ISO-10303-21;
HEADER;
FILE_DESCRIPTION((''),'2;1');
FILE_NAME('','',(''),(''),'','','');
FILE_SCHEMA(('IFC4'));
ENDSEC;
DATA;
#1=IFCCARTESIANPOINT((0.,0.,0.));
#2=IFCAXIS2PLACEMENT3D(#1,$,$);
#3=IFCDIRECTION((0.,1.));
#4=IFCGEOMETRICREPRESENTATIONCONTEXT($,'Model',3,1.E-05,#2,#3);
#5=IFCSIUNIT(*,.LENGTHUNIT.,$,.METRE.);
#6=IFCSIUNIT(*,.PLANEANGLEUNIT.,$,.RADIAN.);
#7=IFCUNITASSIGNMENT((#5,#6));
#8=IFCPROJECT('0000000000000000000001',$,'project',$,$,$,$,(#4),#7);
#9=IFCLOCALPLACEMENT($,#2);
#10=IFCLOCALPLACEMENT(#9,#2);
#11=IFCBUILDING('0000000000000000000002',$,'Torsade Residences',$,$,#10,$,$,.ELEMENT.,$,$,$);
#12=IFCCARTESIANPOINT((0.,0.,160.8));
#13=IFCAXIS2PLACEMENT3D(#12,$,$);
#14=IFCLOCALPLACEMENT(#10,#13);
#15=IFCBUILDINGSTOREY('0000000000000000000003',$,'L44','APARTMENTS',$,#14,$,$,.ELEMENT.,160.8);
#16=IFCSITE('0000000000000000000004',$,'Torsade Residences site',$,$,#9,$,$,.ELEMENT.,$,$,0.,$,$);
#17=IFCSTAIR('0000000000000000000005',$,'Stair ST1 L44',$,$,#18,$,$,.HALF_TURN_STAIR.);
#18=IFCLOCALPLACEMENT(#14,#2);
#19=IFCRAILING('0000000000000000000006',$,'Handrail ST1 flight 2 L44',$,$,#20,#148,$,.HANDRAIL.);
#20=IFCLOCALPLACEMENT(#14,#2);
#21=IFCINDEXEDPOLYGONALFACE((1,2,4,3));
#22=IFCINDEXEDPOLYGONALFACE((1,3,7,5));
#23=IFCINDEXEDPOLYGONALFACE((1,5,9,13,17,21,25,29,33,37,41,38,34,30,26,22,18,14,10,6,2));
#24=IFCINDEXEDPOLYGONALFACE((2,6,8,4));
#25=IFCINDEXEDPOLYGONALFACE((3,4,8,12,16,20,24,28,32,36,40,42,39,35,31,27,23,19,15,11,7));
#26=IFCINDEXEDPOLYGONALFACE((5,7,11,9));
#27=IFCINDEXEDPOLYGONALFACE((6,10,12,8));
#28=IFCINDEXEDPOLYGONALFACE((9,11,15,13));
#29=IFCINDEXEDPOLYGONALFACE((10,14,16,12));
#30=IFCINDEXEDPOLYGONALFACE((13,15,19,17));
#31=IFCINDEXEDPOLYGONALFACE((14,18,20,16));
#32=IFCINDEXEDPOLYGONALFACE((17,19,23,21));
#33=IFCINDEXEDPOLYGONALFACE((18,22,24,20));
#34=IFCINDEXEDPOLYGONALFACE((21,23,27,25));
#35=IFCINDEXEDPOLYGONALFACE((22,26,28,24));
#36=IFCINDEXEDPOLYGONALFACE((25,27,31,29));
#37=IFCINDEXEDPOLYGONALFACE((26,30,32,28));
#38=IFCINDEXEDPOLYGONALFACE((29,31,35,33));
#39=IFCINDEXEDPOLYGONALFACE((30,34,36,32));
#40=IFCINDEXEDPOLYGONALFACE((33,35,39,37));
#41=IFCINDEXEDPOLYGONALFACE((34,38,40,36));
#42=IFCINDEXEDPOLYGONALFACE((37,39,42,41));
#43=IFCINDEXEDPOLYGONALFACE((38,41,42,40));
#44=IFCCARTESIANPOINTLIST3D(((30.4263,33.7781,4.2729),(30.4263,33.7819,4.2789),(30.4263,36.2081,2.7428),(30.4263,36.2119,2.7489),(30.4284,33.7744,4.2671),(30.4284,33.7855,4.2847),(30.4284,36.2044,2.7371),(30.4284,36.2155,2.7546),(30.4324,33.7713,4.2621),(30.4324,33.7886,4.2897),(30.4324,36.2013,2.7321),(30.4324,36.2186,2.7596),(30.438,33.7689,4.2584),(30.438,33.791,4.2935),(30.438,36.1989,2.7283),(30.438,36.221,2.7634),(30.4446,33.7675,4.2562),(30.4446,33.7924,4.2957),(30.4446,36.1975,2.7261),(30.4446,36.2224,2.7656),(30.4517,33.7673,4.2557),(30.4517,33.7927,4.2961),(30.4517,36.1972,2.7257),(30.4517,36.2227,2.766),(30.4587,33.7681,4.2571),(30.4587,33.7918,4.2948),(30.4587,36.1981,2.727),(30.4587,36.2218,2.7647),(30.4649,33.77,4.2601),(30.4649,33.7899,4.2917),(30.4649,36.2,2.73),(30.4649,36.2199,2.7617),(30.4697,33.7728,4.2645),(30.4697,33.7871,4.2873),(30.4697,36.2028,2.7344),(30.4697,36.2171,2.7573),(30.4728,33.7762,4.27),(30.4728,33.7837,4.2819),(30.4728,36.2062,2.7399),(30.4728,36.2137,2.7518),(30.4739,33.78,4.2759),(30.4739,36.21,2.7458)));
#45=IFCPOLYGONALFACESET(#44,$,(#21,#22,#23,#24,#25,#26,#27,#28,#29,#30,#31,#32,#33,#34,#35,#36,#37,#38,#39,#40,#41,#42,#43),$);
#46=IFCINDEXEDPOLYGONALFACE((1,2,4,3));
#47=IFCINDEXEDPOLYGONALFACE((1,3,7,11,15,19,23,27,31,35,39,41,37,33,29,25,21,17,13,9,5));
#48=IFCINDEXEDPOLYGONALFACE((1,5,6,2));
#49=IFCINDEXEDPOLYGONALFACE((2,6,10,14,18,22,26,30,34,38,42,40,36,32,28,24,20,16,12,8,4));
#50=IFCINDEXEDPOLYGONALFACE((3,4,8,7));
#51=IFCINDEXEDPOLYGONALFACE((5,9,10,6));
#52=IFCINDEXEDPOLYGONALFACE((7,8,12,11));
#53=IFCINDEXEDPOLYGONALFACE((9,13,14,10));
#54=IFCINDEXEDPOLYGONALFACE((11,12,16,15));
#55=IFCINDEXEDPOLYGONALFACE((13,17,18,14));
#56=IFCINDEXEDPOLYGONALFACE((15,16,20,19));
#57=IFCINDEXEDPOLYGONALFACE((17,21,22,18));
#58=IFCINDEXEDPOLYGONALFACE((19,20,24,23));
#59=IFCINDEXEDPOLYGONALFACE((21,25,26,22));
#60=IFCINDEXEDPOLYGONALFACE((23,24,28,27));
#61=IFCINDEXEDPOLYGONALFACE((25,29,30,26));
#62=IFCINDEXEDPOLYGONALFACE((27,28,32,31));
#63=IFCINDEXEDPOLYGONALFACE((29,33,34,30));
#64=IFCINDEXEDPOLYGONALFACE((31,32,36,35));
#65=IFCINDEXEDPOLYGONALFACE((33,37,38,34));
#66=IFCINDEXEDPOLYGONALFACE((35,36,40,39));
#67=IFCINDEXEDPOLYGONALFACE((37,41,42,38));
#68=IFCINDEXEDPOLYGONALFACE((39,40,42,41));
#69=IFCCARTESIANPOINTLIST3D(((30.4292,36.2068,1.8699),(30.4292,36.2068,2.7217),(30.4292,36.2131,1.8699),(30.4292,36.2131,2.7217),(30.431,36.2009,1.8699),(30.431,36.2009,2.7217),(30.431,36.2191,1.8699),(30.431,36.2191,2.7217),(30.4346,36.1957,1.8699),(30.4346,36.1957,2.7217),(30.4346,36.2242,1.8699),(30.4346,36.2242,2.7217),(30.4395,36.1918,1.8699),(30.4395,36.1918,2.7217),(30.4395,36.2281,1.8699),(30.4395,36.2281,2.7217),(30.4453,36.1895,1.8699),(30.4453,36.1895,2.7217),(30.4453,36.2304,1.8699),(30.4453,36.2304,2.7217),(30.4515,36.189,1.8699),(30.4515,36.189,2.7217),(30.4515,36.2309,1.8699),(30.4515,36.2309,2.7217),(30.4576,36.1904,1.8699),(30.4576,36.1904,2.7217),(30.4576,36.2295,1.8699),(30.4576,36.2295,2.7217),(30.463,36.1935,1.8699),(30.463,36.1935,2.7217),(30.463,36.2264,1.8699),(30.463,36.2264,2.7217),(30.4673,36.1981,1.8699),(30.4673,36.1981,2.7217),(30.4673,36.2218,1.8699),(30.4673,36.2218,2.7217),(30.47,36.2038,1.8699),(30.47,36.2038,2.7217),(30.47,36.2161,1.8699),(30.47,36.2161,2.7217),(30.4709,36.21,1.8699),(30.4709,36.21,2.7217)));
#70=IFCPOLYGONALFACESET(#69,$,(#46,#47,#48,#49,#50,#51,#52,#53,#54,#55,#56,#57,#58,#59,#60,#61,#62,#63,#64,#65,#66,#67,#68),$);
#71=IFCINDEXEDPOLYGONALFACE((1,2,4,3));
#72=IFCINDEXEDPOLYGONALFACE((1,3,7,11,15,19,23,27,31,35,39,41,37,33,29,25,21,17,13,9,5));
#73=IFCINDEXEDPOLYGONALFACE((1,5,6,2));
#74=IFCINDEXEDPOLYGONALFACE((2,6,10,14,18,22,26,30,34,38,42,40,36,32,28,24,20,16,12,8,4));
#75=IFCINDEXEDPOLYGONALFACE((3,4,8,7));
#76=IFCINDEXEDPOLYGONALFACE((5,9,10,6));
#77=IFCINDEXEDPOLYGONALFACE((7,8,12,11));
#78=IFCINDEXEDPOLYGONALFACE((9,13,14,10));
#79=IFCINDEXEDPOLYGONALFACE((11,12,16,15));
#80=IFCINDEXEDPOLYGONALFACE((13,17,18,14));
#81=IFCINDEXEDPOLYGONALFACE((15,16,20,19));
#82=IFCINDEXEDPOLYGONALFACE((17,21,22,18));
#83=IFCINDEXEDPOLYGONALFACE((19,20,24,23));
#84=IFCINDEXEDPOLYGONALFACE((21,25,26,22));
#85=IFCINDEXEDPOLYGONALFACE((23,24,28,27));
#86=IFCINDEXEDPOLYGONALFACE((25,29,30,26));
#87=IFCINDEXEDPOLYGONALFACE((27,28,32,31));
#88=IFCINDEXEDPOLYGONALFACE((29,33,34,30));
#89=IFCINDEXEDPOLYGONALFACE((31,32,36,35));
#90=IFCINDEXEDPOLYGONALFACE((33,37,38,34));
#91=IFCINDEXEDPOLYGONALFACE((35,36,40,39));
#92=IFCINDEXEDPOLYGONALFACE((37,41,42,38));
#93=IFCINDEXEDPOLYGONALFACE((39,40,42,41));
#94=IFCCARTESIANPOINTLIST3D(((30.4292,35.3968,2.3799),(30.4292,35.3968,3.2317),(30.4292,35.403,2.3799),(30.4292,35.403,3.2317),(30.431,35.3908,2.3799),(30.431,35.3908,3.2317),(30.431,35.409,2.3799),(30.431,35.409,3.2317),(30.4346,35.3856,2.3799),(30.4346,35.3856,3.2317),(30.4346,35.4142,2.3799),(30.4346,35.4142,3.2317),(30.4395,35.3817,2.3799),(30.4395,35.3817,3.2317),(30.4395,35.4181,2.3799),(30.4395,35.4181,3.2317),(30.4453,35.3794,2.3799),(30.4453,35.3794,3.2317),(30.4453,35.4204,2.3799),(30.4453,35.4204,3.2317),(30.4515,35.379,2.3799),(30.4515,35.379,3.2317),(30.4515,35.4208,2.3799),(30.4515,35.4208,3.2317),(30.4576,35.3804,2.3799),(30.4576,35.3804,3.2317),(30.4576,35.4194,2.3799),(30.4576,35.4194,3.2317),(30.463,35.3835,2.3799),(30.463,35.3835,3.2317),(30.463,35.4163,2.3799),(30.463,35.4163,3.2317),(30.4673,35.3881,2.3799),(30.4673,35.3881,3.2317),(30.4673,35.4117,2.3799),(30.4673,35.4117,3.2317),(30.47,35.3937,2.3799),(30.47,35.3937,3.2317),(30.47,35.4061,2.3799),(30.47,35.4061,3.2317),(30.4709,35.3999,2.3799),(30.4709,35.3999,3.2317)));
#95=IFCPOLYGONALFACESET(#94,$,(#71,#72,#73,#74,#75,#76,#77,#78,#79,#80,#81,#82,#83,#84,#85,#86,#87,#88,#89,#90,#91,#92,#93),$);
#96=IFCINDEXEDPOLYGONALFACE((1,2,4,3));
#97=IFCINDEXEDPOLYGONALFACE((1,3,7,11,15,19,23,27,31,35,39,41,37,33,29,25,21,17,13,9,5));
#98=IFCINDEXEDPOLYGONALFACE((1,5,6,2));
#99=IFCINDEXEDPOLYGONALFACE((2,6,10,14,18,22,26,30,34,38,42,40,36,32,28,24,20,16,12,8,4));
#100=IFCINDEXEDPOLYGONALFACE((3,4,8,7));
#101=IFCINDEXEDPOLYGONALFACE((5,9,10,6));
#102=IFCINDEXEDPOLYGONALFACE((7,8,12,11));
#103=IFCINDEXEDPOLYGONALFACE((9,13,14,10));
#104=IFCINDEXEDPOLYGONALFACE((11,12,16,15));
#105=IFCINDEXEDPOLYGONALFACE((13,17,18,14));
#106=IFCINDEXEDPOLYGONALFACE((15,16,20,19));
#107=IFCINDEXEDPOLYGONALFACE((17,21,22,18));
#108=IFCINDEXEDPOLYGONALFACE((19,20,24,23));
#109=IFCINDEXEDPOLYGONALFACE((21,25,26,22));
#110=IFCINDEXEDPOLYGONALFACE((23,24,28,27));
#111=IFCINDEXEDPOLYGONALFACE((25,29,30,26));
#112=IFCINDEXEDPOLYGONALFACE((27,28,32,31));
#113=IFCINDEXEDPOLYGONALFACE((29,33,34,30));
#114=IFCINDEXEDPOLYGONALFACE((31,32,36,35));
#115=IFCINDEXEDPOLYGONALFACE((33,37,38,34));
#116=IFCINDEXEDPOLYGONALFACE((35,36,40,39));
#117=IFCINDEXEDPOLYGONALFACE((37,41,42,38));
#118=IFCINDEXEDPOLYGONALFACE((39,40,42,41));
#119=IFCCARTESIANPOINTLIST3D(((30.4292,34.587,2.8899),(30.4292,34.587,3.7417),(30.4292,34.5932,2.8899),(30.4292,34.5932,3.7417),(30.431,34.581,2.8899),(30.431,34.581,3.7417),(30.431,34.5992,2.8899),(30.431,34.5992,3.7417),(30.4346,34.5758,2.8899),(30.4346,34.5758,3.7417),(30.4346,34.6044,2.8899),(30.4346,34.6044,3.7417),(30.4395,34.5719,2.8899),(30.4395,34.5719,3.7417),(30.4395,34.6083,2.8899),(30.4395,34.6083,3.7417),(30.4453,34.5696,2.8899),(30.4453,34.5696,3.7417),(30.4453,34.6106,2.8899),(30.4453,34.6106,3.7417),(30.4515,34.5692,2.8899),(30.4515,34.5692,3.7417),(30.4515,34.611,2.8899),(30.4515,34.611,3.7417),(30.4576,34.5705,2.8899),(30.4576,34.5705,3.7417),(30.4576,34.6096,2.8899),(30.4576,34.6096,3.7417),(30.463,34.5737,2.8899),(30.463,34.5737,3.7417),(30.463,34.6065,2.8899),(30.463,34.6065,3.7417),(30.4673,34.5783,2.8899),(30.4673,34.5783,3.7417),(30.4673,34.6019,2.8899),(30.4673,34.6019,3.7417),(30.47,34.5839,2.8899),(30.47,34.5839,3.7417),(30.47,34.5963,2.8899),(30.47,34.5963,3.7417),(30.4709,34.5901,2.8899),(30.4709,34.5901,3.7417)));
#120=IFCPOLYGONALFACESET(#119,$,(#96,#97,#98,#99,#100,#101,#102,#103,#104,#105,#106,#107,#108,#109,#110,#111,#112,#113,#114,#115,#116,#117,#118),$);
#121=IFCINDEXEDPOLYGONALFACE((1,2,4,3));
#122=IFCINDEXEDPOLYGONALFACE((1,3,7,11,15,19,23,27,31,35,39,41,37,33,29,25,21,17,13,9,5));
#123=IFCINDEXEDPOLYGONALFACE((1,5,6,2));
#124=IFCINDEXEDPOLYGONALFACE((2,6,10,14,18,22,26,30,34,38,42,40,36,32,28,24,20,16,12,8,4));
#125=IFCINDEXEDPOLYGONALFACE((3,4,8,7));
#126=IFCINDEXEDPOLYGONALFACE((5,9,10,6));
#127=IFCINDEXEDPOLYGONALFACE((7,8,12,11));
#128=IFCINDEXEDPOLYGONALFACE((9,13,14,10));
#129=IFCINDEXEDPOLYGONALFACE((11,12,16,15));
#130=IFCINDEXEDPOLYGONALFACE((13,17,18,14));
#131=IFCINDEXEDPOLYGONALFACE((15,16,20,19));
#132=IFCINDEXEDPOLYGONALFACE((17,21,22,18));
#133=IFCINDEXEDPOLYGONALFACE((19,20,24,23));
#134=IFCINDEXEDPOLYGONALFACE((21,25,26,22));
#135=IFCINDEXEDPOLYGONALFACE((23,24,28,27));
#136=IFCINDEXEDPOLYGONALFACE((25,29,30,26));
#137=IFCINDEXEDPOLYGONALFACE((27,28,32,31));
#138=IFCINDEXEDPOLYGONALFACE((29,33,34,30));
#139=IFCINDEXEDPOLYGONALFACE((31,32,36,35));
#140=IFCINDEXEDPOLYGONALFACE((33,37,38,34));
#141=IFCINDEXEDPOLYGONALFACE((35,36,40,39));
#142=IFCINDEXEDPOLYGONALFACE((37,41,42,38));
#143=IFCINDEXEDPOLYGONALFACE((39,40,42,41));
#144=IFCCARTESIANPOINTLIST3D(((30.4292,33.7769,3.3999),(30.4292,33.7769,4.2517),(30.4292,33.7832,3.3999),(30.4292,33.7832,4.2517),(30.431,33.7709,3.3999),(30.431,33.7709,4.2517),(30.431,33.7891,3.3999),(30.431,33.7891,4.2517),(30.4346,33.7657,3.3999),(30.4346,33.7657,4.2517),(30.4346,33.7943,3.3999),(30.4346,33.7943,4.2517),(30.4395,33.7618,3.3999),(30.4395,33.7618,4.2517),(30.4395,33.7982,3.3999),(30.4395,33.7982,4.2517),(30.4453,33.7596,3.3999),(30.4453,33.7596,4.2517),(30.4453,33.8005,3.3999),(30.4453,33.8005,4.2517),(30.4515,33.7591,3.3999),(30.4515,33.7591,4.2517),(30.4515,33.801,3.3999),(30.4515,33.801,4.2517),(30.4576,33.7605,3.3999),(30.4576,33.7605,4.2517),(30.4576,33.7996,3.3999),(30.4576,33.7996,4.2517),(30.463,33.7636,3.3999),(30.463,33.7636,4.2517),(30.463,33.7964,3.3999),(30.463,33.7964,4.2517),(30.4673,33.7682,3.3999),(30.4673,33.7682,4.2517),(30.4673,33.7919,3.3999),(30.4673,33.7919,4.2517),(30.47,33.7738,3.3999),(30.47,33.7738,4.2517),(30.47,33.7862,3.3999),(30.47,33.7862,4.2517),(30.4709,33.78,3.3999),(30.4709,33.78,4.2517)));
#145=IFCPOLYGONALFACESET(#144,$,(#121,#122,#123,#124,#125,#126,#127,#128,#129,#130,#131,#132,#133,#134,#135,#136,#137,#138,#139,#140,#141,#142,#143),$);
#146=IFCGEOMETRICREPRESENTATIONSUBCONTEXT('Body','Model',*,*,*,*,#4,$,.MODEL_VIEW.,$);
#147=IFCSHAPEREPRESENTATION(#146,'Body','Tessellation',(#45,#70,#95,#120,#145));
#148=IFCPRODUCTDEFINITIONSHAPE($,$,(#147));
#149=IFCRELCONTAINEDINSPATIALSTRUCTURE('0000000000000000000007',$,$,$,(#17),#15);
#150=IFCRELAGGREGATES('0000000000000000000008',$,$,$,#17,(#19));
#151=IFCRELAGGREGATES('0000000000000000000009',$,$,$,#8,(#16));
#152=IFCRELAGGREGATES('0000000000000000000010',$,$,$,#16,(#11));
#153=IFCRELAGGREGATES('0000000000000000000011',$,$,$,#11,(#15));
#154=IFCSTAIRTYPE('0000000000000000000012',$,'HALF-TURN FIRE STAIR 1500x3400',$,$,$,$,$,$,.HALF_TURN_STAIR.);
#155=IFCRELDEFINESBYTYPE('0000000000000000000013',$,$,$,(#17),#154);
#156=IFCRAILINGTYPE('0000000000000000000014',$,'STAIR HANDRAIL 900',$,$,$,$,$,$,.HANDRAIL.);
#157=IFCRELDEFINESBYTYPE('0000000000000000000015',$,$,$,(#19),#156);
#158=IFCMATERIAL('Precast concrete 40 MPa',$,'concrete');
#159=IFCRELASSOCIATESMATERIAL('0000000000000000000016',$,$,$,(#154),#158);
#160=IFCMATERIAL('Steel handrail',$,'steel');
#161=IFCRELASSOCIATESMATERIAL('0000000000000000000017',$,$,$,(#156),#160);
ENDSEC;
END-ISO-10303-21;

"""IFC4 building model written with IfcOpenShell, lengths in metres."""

from ifc_helpers import new_model, si_unit, direction, frame, origin, origin_2d, place, context, subcontext, project, spatial, circle, extrude, material, type_object, element, aggregate, save


model = new_model("IFC4")

# Units and contexts
model_context = context("Model", 3, precision=1e-05, world=origin(), true_north=direction((0.0, 1.0)))
body_context = subcontext(model_context, "Body", "Model", "MODEL_VIEW")
ifc_project = project(units=[si_unit("LENGTHUNIT", "METRE"), si_unit("PLANEANGLEUNIT", "RADIAN")], contexts=[model_context])

# Site, building, storey
site_placement = place(None, origin())
site = spatial("IfcSite", under=ifc_project, at=site_placement, Name="Torsade Residences site", CompositionType="ELEMENT", RefElevation=0.0)
building_placement = place(site_placement, origin())
building = spatial("IfcBuilding", under=site, at=building_placement, Name="Torsade Residences", CompositionType="ELEMENT")
storey_placement = place(building_placement, frame((0.0, 0.0, 160.8)))
storey = spatial("IfcBuildingStorey", under=building, at=storey_placement, Name="L44", Description="APARTMENTS", CompositionType="ELEMENT", Elevation=160.8)

# Stair, railing
ifc_material_1 = material(Name="Precast concrete 40 MPa", Category="concrete")
stair_type = type_object("IfcStairType", Name="HALF-TURN FIRE STAIR 1500x3400", PredefinedType="HALF_TURN_STAIR", material=ifc_material_1)
stair_placement = place(storey_placement, origin())
stair = element("IfcStair", 1, at=stair_placement, inside=storey, type_object=stair_type, Name="Stair ST1 L44", PredefinedType="HALF_TURN_STAIR")
ifc_material_2 = material(Name="Steel handrail", Category="steel")
railing_type = type_object("IfcRailingType", Name="STAIR HANDRAIL 900", PredefinedType="HANDRAIL", material=ifc_material_2)
railing_1_placement = place(storey_placement, frame((30.45, 36.21, 1.8699)))
railing_1 = element("IfcRailing", 2, at=railing_1_placement, type_object=railing_type, Name="Handrail ST1 flight 2 L44", PredefinedType="HANDRAIL", context=body_context, shape_type="SweptSolid", body=[
    extrude(circle(Radius=0.0239, at=origin_2d()), frame((0.0, 0.0, 0.876), z_axis=(0.0, -0.846221, 0.532831), x_axis=(1.0, 0.0, 0.0)), (0.0, 0.0, 1.0), 2.8716),
    extrude(circle(Radius=0.021, at=origin_2d()), origin(), (0.0, 0.0, 1.0), 0.8518),
    extrude(circle(Radius=0.021, at=origin_2d()), frame((0.0, -0.8101, 0.51)), (0.0, 0.0, 1.0), 0.8518),
    extrude(circle(Radius=0.021, at=origin_2d()), frame((0.0, -1.6199, 1.02)), (0.0, 0.0, 1.0), 0.8518),
    extrude(circle(Radius=0.021, at=origin_2d()), frame((0.0, -2.4299, 1.53)), (0.0, 0.0, 1.0), 0.8518),
])
aggregate(stair, [railing_1])

save(model, "model.ifc")
